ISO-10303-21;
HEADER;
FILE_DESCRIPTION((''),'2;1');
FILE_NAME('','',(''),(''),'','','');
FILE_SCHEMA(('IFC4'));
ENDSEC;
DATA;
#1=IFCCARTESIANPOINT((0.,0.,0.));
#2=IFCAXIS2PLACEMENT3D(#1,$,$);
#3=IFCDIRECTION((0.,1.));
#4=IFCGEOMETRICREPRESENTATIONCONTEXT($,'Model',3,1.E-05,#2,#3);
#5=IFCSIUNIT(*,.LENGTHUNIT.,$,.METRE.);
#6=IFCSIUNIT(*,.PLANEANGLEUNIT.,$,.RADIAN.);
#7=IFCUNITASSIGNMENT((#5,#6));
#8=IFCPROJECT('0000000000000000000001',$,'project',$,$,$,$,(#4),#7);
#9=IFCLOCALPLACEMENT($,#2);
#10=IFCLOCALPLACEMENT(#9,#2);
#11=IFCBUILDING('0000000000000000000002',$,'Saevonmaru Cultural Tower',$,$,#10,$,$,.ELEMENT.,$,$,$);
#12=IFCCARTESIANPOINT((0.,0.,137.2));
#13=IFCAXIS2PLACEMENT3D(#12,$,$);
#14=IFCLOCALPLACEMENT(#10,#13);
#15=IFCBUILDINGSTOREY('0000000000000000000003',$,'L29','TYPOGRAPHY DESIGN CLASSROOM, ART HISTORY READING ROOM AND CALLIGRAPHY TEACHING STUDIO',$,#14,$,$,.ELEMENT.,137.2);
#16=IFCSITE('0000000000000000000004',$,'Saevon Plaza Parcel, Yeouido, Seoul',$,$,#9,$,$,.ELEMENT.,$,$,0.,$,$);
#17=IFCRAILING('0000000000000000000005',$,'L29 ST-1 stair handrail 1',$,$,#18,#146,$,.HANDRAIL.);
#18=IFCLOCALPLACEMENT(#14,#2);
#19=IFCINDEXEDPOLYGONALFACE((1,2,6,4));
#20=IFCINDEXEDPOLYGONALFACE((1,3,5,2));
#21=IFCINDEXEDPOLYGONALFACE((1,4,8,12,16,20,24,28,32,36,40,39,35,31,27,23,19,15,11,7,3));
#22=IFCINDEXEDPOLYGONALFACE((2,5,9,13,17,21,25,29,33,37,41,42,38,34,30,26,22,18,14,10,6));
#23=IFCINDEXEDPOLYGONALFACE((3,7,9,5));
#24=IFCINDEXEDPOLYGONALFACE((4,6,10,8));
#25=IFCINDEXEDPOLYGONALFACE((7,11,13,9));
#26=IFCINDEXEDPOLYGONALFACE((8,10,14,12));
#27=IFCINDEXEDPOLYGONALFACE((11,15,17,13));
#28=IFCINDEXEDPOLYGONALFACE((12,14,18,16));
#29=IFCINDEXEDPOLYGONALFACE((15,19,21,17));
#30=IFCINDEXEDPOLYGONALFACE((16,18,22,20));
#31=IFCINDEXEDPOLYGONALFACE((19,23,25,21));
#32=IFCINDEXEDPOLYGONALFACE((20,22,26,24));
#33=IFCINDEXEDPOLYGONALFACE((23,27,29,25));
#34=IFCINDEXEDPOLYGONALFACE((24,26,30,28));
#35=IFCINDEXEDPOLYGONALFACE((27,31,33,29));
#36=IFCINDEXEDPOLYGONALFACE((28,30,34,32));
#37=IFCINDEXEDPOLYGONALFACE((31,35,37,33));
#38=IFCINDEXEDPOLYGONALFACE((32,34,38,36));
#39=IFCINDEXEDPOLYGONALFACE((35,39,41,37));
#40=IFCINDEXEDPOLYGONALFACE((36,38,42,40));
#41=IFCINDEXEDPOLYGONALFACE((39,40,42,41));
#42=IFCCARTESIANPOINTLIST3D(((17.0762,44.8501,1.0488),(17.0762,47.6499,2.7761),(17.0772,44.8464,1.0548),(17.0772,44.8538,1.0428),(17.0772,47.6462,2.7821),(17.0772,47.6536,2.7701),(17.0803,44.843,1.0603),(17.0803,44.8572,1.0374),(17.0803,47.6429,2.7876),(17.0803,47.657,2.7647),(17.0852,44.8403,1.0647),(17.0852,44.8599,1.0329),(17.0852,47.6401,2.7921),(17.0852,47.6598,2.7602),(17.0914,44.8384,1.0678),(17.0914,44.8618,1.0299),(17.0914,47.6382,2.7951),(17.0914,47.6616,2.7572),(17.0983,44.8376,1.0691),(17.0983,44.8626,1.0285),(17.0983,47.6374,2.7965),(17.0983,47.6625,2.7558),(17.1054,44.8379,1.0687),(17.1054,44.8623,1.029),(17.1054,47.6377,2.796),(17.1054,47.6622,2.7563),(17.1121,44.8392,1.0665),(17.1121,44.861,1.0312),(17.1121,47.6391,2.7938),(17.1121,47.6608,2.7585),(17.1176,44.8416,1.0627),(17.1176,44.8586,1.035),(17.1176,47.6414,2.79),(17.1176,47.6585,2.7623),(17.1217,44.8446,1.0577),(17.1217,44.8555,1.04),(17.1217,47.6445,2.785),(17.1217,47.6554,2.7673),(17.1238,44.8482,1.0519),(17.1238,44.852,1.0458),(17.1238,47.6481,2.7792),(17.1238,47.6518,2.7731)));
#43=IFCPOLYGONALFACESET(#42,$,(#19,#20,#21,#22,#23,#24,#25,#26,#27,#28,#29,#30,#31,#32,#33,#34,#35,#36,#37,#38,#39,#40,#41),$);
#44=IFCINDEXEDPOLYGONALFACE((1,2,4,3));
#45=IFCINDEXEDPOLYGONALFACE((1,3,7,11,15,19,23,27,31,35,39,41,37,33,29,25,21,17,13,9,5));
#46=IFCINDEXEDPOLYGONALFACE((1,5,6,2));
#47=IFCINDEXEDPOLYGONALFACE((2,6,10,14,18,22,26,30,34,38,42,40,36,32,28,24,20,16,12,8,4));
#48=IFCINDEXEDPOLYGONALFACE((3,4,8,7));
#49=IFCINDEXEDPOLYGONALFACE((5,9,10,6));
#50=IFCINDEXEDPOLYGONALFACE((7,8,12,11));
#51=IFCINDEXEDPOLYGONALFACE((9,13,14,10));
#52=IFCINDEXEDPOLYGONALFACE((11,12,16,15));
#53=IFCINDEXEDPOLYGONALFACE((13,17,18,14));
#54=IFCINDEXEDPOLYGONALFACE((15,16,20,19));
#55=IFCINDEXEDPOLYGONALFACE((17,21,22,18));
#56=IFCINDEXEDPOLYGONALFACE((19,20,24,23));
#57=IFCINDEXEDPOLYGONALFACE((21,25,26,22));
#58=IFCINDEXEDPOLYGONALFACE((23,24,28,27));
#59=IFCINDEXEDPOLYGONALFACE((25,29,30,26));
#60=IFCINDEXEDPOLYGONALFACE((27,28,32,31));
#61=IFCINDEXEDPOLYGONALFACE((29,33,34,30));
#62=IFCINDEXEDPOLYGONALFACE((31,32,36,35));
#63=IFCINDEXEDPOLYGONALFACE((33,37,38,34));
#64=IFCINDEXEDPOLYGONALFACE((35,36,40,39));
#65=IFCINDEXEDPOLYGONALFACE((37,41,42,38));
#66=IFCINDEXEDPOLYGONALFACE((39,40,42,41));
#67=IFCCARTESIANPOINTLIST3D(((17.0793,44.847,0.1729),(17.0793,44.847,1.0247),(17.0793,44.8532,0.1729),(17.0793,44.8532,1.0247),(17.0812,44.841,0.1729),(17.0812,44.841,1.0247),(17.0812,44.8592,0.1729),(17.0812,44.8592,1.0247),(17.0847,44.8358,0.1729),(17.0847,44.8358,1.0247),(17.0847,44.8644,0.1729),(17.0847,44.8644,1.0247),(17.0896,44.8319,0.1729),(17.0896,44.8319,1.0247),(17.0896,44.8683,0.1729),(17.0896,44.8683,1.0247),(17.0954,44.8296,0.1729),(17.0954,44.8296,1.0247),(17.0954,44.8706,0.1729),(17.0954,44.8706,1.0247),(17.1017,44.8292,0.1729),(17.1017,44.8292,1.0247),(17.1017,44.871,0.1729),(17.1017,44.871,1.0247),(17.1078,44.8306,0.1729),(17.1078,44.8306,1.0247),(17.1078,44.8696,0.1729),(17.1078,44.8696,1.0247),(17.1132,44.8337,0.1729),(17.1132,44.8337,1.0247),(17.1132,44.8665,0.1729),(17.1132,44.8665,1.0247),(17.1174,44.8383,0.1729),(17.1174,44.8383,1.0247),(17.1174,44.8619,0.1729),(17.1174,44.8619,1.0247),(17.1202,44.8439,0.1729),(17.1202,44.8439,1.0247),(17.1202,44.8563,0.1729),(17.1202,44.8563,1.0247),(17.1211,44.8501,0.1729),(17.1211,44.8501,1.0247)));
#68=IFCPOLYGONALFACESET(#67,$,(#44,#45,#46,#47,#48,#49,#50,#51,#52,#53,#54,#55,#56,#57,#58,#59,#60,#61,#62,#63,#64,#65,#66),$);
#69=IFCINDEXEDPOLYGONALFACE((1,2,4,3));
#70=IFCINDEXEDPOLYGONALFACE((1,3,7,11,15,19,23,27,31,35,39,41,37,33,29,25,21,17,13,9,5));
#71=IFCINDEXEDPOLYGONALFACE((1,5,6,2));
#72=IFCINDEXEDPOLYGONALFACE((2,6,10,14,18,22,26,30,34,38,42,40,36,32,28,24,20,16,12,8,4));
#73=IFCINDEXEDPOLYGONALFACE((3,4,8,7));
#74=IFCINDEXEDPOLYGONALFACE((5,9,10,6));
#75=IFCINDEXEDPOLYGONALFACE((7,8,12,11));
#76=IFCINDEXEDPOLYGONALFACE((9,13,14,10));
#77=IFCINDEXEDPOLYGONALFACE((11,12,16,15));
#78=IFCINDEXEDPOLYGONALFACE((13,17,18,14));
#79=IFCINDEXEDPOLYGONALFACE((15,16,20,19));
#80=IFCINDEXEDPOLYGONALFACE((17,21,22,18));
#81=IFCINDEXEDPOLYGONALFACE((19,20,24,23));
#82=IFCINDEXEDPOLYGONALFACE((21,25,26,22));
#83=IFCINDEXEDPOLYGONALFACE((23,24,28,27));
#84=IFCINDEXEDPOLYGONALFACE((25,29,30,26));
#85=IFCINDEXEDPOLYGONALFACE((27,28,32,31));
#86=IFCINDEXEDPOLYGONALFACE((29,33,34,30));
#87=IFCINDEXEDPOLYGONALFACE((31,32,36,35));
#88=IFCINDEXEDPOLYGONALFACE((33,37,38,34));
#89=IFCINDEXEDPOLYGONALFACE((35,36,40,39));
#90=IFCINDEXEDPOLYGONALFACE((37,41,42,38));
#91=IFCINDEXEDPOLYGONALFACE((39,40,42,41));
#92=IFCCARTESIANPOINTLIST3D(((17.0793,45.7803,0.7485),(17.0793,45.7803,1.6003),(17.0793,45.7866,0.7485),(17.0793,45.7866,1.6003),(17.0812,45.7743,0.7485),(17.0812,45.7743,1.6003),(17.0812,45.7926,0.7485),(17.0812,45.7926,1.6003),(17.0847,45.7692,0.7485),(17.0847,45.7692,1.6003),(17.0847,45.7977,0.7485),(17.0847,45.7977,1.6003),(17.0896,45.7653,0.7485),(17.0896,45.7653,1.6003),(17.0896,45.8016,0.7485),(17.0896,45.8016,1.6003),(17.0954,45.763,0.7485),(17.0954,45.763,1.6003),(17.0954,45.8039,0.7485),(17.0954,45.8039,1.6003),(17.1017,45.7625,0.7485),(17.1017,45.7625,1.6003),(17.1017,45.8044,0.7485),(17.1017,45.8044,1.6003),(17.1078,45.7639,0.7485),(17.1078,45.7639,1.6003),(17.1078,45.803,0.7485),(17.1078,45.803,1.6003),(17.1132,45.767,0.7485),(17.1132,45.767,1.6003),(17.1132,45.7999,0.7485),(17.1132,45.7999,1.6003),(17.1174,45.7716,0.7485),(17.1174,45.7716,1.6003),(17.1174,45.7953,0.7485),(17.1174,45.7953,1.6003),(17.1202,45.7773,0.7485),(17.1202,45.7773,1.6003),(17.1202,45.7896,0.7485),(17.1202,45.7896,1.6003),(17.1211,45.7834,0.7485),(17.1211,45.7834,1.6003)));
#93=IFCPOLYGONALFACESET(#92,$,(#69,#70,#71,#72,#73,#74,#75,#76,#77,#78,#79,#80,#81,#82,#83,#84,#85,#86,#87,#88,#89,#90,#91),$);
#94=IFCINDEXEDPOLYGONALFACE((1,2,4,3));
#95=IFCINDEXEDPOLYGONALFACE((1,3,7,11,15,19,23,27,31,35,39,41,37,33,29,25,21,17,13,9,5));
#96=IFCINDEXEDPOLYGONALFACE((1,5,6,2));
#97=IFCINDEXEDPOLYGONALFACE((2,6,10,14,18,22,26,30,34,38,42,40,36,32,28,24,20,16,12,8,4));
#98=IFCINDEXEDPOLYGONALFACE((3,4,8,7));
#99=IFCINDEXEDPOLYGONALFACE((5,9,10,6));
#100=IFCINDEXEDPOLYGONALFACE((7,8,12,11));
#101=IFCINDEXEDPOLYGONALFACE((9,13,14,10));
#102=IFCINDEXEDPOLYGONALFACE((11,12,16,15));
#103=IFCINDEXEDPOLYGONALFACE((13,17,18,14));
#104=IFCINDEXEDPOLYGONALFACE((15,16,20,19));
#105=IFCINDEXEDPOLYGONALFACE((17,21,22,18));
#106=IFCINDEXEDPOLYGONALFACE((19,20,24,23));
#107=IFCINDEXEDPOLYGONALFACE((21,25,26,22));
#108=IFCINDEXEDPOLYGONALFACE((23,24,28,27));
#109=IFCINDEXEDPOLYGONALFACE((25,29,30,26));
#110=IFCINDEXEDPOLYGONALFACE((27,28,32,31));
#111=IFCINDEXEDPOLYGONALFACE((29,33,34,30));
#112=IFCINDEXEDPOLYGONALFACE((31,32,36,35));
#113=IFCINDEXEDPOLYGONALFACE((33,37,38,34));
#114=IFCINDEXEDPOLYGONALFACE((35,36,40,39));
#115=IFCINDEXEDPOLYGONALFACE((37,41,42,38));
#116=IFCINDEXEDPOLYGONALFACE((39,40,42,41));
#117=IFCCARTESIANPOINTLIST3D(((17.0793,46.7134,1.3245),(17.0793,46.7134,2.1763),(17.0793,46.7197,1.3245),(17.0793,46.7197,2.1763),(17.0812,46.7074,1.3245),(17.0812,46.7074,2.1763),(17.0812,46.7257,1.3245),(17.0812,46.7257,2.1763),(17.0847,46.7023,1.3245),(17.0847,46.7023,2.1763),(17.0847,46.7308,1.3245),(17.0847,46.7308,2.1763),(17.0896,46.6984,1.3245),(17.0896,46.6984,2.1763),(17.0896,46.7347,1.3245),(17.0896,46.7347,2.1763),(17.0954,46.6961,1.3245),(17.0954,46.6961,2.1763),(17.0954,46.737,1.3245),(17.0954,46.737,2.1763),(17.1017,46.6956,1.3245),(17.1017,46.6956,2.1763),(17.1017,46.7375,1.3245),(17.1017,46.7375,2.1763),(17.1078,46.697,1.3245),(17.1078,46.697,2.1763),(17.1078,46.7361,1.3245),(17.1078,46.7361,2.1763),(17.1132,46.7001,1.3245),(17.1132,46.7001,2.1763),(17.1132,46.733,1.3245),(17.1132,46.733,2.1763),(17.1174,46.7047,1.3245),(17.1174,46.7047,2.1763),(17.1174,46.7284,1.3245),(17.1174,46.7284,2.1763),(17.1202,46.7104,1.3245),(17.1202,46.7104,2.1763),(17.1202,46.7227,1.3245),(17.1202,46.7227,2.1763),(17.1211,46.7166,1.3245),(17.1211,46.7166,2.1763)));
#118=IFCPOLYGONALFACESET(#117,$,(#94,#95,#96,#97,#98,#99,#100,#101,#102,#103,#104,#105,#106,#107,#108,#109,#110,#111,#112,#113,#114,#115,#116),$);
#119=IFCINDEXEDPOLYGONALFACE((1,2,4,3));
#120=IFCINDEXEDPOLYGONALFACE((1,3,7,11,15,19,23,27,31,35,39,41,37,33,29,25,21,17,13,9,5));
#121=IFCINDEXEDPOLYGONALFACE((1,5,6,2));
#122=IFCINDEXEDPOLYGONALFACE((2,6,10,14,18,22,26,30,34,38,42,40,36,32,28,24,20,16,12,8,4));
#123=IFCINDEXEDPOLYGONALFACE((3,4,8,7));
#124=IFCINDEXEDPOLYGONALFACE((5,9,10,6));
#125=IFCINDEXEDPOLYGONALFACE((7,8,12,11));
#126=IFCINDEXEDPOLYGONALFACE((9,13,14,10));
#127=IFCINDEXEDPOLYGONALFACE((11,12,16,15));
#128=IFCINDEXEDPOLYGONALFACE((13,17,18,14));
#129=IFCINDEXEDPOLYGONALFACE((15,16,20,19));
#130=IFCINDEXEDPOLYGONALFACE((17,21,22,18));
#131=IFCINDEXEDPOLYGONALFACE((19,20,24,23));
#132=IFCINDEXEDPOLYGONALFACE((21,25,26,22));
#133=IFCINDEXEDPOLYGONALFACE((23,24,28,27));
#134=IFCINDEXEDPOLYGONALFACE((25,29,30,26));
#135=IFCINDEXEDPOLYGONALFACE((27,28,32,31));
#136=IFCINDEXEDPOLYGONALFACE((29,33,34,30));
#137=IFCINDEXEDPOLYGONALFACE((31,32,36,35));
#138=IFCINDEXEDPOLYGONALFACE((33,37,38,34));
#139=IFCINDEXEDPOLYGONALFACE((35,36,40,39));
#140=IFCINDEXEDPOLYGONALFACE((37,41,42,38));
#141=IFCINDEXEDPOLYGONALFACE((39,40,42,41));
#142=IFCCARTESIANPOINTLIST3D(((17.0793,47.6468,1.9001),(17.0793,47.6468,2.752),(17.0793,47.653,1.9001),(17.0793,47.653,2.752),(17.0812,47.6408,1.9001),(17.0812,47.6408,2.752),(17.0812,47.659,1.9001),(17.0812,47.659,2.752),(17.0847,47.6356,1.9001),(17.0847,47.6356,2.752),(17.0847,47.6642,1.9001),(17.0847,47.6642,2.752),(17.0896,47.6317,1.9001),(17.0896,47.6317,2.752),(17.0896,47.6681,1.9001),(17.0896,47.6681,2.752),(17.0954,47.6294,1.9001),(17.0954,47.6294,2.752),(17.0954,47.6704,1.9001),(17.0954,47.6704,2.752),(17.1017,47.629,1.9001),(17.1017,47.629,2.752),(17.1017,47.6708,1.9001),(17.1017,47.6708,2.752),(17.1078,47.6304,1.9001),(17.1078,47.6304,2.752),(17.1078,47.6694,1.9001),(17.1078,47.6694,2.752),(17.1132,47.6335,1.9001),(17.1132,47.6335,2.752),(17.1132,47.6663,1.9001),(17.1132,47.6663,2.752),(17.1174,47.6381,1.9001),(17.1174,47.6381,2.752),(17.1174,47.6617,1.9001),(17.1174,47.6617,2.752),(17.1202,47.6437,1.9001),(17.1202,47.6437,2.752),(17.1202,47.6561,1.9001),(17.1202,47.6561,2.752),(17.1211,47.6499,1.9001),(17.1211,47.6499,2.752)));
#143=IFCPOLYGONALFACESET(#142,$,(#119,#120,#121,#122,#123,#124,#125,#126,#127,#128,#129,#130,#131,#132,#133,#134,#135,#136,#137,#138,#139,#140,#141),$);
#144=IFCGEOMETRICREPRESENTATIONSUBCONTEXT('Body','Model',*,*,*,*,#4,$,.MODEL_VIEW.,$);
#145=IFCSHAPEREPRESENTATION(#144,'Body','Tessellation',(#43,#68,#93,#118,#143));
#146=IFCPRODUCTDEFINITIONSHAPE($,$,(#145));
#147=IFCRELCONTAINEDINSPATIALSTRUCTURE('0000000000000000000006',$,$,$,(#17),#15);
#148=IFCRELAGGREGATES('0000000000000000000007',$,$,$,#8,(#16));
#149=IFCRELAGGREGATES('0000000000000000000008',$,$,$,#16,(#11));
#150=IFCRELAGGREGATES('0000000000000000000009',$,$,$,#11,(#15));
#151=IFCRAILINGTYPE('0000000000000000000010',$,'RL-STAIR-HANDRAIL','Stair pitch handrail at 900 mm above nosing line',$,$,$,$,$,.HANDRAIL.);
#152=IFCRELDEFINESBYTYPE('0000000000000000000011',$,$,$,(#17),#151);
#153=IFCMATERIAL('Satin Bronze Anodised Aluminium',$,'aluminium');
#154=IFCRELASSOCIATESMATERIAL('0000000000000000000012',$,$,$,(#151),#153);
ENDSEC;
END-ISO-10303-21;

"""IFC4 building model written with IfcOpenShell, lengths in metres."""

from ifc_helpers import new_model, si_unit, direction, frame, origin, origin_2d, place, context, subcontext, project, spatial, circle, extrude, material, type_object, element, save


model = new_model("IFC4")

# Units and contexts
model_context = context("Model", 3, precision=1e-05, world=origin(), true_north=direction((0.0, 1.0)))
body_context = subcontext(model_context, "Body", "Model", "MODEL_VIEW")
ifc_project = project(units=[si_unit("LENGTHUNIT", "METRE"), si_unit("PLANEANGLEUNIT", "RADIAN")], contexts=[model_context])

# Site, building, storey
site_placement = place(None, origin())
site = spatial("IfcSite", under=ifc_project, at=site_placement, Name="Saevon Plaza Parcel, Yeouido, Seoul", CompositionType="ELEMENT", RefElevation=0.0)
building_placement = place(site_placement, origin())
building = spatial("IfcBuilding", under=site, at=building_placement, Name="Saevonmaru Cultural Tower", CompositionType="ELEMENT")
storey_placement = place(building_placement, frame((0.0, 0.0, 137.2)))
storey = spatial("IfcBuildingStorey", under=building, at=storey_placement, Name="L29", Description="TYPOGRAPHY DESIGN CLASSROOM, ART HISTORY READING ROOM AND CALLIGRAPHY TEACHING STUDIO", CompositionType="ELEMENT", Elevation=137.2)

# Shared definitions
ifc_material_1 = material(Name="Satin Bronze Anodised Aluminium", Category="aluminium")

# Railing
railing_type_1 = type_object("IfcRailingType", Name="RL-STAIR-HANDRAIL", Description="Stair pitch handrail at 900 mm above nosing line", PredefinedType="HANDRAIL", material=ifc_material_1)
railing_1_placement = place(storey_placement, frame((17.1001, 44.8501, 0.1729)))
element("IfcRailing", 1, at=railing_1_placement, inside=storey, type_object=railing_type_1, Name="L29 ST-1 stair handrail 1", PredefinedType="HANDRAIL", context=body_context, shape_type="SweptSolid", body=[
    extrude(circle(Radius=0.0239, at=origin_2d()), frame((0.0, 0.0, 0.876), z_axis=(0.0, 0.851069, 0.525054), x_axis=(-1.0, 0.0, 0.0)), (0.0, 0.0, 1.0), 3.2898),
    extrude(circle(Radius=0.021, at=origin_2d()), origin(), (0.0, 0.0, 1.0), 0.8518),
    extrude(circle(Radius=0.021, at=origin_2d()), frame((0.0, 0.9333, 0.5757)), (0.0, 0.0, 1.0), 0.8518),
    extrude(circle(Radius=0.021, at=origin_2d()), frame((0.0, 1.8665, 1.1516)), (0.0, 0.0, 1.0), 0.8518),
    extrude(circle(Radius=0.021, at=origin_2d()), frame((0.0, 2.7998, 1.7273)), (0.0, 0.0, 1.0), 0.8518),
])

save(model, "model.ifc")
